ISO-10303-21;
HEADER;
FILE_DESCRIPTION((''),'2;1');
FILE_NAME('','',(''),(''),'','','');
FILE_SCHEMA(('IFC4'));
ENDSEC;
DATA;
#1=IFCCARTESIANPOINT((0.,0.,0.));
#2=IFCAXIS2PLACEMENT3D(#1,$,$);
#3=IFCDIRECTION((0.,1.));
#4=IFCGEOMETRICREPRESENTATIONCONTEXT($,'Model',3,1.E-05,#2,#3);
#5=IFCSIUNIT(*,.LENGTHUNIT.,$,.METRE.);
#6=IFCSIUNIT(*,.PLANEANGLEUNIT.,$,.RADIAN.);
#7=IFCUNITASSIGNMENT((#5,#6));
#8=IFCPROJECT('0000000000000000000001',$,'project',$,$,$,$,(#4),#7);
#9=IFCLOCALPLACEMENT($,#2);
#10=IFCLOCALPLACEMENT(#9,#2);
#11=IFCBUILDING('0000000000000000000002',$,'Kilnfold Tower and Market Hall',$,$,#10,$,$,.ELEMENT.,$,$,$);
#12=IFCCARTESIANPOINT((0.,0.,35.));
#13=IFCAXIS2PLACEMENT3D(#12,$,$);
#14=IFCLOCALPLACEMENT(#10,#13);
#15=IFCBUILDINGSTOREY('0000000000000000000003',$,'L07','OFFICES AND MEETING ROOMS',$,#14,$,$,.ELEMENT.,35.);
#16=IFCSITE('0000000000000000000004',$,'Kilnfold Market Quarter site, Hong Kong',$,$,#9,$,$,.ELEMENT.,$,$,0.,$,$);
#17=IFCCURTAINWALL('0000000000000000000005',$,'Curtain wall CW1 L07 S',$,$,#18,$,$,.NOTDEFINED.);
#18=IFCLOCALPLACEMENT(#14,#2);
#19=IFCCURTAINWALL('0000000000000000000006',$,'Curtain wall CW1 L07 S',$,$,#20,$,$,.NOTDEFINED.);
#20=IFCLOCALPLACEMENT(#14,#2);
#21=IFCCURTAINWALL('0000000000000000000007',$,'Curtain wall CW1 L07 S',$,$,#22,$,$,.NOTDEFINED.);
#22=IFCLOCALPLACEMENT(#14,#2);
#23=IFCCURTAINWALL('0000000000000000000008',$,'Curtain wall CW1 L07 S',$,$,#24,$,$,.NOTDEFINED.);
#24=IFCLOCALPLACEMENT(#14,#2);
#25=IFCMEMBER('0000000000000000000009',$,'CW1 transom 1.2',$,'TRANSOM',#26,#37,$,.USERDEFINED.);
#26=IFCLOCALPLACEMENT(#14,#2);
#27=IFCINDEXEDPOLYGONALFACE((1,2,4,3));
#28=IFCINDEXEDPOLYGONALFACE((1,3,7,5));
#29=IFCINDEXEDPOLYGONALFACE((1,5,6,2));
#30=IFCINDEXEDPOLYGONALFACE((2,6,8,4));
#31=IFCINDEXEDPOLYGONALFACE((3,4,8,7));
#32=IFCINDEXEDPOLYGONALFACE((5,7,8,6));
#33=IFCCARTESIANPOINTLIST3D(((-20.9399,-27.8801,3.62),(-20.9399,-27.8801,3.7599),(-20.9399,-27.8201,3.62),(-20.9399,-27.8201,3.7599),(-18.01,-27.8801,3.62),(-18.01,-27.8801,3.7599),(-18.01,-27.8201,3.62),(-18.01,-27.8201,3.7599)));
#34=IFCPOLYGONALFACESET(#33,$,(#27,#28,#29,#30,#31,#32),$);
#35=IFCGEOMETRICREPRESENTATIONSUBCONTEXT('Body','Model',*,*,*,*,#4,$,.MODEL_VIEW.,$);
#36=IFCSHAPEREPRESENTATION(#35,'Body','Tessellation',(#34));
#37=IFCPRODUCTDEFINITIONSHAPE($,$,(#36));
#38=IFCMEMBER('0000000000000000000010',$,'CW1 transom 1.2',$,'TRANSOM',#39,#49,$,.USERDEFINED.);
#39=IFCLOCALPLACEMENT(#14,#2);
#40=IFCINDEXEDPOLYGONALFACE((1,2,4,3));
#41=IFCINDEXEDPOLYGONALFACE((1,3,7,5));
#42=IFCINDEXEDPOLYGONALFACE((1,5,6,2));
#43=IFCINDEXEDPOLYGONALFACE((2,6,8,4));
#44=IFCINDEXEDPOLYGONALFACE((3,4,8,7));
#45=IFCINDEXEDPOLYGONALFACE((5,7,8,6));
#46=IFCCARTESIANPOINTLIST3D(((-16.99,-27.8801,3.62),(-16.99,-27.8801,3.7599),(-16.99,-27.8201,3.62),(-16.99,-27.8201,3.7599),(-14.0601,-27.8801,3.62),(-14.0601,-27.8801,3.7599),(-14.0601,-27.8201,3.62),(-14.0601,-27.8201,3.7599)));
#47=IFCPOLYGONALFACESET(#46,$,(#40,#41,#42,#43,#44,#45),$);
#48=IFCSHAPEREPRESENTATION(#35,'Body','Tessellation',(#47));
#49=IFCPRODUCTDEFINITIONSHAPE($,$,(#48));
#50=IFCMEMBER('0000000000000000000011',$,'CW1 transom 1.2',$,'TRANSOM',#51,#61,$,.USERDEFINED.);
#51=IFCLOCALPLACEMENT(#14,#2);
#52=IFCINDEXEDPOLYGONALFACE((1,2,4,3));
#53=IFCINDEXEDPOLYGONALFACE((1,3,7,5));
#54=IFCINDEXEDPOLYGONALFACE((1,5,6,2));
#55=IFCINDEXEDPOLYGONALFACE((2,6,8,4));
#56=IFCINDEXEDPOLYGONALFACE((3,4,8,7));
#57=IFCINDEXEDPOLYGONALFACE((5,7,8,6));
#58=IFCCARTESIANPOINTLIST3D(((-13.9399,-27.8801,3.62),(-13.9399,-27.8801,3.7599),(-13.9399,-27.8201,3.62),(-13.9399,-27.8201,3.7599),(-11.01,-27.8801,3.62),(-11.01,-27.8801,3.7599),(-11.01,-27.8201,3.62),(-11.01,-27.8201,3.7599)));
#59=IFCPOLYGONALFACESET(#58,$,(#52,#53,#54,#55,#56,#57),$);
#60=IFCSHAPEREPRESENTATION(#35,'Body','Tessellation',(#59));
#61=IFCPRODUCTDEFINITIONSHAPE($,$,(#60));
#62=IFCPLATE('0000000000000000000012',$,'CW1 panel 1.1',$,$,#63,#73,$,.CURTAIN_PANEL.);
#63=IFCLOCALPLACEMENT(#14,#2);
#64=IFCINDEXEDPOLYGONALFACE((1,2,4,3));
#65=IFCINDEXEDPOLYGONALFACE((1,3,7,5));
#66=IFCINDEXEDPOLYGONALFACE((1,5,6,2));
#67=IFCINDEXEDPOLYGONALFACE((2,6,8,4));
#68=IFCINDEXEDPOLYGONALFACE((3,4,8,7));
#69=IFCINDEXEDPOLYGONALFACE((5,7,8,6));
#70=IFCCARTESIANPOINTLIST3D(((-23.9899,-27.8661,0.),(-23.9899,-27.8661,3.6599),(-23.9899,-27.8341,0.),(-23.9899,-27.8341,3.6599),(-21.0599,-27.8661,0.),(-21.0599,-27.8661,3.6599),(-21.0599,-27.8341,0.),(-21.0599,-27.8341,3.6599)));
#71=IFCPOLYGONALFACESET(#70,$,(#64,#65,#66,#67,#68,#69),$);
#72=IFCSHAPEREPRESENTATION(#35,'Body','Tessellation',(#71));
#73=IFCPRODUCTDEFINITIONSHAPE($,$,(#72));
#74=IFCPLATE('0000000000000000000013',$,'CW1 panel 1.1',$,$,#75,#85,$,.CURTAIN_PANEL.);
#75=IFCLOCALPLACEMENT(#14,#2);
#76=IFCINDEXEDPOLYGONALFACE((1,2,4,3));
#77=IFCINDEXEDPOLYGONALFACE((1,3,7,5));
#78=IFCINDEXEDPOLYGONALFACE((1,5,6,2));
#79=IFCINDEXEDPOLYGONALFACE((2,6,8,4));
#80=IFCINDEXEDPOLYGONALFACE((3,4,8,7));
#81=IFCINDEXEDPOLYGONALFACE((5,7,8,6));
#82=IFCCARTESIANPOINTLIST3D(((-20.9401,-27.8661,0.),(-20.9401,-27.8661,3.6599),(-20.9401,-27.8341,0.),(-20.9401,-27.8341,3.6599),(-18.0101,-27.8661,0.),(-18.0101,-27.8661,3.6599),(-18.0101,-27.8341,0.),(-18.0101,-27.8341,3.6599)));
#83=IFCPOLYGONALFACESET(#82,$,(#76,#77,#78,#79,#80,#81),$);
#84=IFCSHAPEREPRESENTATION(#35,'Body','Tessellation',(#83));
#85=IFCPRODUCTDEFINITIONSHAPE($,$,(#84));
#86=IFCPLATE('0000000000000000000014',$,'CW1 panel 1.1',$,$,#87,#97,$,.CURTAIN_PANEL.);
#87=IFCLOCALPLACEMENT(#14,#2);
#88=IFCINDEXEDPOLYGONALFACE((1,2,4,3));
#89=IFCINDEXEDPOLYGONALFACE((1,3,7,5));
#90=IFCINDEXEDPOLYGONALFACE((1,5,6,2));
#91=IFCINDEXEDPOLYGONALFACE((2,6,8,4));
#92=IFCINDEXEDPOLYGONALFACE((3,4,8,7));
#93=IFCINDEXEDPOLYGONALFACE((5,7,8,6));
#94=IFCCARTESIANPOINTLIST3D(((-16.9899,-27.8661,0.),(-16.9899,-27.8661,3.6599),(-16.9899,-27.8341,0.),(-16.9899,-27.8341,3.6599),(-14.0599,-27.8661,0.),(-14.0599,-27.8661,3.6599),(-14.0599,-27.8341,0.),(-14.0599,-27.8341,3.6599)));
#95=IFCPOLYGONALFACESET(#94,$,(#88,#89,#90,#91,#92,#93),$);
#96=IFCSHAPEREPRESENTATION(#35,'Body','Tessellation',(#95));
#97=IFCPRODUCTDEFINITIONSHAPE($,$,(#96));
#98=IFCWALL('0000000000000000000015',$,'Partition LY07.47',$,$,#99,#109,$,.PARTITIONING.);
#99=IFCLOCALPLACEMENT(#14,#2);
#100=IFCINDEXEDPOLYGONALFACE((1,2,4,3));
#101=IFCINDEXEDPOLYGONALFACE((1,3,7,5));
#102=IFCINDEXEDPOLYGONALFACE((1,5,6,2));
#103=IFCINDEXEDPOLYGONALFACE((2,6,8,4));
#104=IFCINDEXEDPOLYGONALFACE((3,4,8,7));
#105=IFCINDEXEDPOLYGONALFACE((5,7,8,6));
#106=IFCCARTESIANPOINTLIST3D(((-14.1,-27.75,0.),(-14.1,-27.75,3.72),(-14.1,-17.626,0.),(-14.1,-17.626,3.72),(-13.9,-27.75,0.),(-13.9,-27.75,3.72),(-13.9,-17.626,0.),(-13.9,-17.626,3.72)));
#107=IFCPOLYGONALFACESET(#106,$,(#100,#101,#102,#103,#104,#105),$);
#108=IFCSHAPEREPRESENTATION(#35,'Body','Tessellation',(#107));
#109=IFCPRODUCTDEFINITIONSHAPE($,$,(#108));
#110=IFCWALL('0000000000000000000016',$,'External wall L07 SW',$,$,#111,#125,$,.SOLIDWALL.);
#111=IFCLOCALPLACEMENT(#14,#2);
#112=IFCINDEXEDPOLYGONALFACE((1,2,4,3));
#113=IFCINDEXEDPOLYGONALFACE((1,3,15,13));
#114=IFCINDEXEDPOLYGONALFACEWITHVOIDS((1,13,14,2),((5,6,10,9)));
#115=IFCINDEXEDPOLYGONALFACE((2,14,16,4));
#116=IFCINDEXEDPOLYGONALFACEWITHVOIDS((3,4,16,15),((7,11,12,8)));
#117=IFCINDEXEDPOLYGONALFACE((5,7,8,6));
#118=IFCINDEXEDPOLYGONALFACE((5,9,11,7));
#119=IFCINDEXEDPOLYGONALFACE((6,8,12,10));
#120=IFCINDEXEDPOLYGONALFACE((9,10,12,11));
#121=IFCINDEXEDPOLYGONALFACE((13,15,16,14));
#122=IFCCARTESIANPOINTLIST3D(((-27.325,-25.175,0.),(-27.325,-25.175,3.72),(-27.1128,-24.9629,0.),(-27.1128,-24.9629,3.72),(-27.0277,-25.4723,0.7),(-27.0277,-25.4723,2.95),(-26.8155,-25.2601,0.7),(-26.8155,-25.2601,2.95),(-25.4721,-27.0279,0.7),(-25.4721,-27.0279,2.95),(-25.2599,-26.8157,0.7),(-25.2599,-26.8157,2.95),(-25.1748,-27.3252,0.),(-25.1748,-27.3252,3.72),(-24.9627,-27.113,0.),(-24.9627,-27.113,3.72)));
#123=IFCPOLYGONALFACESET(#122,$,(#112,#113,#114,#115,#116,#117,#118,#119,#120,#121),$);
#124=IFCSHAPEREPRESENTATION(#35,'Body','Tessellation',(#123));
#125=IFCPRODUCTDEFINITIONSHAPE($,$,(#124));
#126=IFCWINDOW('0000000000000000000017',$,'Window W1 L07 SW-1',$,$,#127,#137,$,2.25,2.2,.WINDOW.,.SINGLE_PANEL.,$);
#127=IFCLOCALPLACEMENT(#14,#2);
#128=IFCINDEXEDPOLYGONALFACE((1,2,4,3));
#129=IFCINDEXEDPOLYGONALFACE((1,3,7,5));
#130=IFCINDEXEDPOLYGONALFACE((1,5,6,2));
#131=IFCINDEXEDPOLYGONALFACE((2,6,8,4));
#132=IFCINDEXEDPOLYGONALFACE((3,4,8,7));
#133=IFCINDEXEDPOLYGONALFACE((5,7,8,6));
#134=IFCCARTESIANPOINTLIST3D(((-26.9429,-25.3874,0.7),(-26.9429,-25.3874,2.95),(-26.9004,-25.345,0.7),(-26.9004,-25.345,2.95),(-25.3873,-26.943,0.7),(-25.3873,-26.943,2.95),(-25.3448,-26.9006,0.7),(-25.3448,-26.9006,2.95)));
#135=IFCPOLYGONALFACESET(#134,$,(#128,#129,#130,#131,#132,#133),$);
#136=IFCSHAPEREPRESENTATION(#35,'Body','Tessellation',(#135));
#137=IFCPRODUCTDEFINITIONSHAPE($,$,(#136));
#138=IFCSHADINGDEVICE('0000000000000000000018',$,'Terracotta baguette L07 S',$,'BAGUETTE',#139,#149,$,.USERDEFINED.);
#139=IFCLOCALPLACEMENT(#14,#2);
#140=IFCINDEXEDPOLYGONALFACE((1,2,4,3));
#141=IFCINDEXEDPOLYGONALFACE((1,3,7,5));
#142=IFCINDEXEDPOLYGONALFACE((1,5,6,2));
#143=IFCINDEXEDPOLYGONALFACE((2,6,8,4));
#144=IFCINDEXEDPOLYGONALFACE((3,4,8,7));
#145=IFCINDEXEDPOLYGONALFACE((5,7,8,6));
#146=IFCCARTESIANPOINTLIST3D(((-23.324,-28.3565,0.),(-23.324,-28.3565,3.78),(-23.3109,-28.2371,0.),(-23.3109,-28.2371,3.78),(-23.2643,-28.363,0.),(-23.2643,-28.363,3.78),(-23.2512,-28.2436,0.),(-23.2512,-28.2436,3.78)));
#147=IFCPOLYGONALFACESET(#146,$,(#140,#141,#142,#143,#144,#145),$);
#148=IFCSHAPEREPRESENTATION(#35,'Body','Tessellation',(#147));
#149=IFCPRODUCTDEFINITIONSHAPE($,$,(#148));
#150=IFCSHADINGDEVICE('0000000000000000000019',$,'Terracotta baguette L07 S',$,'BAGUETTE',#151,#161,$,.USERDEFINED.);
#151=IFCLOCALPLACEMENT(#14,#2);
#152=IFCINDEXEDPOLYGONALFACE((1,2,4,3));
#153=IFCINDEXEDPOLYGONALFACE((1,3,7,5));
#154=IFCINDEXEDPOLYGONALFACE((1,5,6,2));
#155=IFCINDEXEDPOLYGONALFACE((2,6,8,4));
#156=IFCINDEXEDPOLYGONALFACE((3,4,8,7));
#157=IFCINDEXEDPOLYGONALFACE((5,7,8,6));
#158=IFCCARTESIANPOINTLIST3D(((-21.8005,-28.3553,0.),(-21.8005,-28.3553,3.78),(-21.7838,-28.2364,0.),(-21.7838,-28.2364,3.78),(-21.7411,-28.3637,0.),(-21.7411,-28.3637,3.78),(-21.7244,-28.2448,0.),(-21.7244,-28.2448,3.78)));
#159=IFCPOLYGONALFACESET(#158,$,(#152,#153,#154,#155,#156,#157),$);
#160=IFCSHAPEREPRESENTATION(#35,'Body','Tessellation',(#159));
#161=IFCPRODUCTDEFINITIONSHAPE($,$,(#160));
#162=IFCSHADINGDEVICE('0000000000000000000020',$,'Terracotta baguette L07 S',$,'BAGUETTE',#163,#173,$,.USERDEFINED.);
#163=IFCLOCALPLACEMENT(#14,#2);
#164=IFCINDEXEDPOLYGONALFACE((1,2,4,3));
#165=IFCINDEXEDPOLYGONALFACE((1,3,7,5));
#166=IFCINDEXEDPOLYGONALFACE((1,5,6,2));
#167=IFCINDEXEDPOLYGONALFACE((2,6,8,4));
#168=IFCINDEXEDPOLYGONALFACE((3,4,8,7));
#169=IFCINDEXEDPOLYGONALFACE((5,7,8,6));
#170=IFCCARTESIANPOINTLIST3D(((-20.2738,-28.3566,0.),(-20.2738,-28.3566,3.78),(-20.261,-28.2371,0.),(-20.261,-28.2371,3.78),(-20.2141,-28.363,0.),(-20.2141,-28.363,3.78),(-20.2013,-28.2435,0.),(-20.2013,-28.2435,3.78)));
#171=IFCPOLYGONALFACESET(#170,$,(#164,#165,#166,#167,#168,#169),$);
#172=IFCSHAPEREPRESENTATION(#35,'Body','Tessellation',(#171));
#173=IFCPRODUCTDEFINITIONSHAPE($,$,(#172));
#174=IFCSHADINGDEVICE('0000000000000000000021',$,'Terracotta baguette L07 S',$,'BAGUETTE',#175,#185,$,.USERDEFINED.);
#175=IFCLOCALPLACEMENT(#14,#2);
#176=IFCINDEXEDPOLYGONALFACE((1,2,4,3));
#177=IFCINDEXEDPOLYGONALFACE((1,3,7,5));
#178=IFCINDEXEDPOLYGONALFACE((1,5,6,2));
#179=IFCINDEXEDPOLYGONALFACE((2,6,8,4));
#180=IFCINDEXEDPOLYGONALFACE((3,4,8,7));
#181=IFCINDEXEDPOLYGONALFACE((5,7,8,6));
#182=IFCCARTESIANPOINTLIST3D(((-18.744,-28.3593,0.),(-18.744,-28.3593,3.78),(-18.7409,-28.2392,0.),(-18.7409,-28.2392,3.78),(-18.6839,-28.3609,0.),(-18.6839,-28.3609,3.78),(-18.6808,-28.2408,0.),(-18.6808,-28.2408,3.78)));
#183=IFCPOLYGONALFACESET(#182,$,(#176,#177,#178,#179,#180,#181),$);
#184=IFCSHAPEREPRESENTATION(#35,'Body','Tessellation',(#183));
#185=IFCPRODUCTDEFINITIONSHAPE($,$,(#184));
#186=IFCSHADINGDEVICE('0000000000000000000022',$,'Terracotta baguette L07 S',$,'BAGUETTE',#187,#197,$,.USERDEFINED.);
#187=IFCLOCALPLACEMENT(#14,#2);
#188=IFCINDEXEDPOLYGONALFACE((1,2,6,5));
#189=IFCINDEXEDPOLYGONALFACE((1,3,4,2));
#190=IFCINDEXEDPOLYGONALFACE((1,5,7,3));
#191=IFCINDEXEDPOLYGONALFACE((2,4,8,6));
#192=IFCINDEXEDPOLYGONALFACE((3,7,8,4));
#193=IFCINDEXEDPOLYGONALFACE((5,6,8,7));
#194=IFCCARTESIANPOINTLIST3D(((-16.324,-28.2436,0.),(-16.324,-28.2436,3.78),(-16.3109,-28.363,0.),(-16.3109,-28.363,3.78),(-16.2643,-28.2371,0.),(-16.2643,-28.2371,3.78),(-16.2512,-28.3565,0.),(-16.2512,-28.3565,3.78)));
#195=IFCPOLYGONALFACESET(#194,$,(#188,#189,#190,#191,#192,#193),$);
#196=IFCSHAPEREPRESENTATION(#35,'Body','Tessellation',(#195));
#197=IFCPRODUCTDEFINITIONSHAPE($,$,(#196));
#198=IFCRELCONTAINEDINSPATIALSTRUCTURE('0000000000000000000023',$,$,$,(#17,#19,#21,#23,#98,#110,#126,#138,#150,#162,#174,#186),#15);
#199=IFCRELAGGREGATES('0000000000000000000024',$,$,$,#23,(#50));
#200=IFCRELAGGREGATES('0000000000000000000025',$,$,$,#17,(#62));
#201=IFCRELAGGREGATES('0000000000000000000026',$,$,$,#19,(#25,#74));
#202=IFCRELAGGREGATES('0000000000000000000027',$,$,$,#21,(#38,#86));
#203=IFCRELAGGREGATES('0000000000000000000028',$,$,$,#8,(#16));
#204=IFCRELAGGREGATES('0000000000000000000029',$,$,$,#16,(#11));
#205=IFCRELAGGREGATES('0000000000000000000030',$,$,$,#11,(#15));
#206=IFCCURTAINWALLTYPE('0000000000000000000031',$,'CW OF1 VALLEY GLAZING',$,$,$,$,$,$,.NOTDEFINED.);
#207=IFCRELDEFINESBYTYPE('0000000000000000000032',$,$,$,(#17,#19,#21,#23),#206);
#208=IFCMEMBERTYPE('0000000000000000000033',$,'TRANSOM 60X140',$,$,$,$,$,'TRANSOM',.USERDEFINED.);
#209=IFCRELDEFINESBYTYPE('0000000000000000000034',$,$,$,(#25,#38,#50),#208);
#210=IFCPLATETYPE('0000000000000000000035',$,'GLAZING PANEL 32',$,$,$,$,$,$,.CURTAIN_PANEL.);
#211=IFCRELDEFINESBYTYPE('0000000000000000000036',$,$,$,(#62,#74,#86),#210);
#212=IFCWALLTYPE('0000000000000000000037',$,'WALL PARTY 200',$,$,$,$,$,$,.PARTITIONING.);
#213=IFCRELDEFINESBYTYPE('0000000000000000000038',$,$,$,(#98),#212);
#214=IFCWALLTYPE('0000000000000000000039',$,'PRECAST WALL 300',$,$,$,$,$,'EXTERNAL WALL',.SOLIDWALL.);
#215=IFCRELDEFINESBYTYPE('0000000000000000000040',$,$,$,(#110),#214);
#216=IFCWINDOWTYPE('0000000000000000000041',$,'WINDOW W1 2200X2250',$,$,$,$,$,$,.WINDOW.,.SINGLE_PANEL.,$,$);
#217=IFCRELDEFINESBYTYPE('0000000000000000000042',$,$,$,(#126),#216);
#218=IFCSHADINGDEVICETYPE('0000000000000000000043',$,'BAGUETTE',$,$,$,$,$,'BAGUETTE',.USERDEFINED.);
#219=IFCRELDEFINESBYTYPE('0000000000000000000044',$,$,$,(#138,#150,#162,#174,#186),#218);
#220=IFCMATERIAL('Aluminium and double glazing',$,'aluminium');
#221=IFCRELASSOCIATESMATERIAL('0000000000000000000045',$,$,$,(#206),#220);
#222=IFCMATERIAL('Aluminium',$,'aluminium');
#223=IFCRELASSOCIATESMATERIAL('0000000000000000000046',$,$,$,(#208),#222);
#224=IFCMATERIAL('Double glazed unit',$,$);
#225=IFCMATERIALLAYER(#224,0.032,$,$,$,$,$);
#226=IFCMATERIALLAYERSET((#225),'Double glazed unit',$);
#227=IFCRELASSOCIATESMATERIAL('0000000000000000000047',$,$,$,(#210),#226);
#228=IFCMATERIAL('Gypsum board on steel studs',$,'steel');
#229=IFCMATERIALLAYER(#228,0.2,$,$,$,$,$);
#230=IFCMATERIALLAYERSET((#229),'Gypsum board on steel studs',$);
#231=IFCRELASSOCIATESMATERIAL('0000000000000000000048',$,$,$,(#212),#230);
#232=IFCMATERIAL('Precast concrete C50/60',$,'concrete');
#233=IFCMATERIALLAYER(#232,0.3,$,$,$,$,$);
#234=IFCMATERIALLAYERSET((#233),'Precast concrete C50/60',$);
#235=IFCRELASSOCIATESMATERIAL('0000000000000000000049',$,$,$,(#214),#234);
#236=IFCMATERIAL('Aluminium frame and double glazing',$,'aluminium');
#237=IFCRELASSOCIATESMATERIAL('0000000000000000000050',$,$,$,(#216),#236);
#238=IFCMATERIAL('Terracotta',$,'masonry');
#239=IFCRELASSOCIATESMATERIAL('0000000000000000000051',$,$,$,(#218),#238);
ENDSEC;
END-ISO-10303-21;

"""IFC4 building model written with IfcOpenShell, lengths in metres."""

from ifc_helpers import new_model, si_unit, direction, frame, frame_2d, origin, origin_2d, place, context, subcontext, project, spatial, rectangle, extrude, source, transform, mapped, material, layer, layer_set, material_profile, profile_set, type_object, element, fill, aggregate, save


model = new_model("IFC4")

# Units and contexts
model_context = context("Model", 3, precision=1e-05, world=origin(), true_north=direction((0.0, 1.0)))
body_context = subcontext(model_context, "Body", "Model", "MODEL_VIEW")
ifc_project = project(units=[si_unit("LENGTHUNIT", "METRE"), si_unit("PLANEANGLEUNIT", "RADIAN")], contexts=[model_context])

# Site, building, storey
site_placement = place(None, origin())
site = spatial("IfcSite", under=ifc_project, at=site_placement, Name="Kilnfold Market Quarter site, Hong Kong", CompositionType="ELEMENT", RefElevation=0.0)
building_placement = place(site_placement, origin())
building = spatial("IfcBuilding", under=site, at=building_placement, Name="Kilnfold Tower and Market Hall", CompositionType="ELEMENT")
storey_placement = place(building_placement, frame((0.0, 0.0, 35.0)))
storey = spatial("IfcBuildingStorey", under=building, at=storey_placement, Name="L07", Description="OFFICES AND MEETING ROOMS", CompositionType="ELEMENT", Elevation=35.0)

# Curtain walls
ifc_material_1 = material(Name="Aluminium and double glazing", Category="aluminium")
curtain_wall_type = type_object("IfcCurtainWallType", Name="CW OF1 VALLEY GLAZING", PredefinedType="NOTDEFINED", material=ifc_material_1)
curtain_wall_1_placement = place(storey_placement, origin())
curtain_wall_1 = element("IfcCurtainWall", 1, at=curtain_wall_1_placement, inside=storey, type_object=curtain_wall_type, Name="Curtain wall CW1 L07 S", PredefinedType="NOTDEFINED")
curtain_wall_2_placement = place(storey_placement, origin())
curtain_wall_2 = element("IfcCurtainWall", 2, at=curtain_wall_2_placement, inside=storey, type_object=curtain_wall_type, Name="Curtain wall CW1 L07 S", PredefinedType="NOTDEFINED")
curtain_wall_3_placement = place(storey_placement, origin())
curtain_wall_3 = element("IfcCurtainWall", 3, at=curtain_wall_3_placement, inside=storey, type_object=curtain_wall_type, Name="Curtain wall CW1 L07 S", PredefinedType="NOTDEFINED")

# Curtain wall
curtain_wall_4_placement = place(storey_placement, origin())
curtain_wall_4 = element("IfcCurtainWall", 4, at=curtain_wall_4_placement, inside=storey, type_object=curtain_wall_type, Name="Curtain wall CW1 L07 S", PredefinedType="NOTDEFINED")

# Members
ifc_material_2 = material(Name="Aluminium", Category="aluminium")
ifc_material_profile_1 = material_profile(ifc_material_2, rectangle(XDim=0.0601, YDim=0.1399, at=origin_2d()), Name="TRANSOM 60x140")
ifc_profile_set_1 = profile_set([ifc_material_profile_1], Name="Aluminium")
member_type_1 = type_object("IfcMemberType", Name="TRANSOM 60X140", ElementType="TRANSOM", PredefinedType="USERDEFINED", material=ifc_profile_set_1)
shared_shape_1 = source(origin(), body_context, "Body", "SweptSolid", [
    extrude(rectangle(XDim=0.0601, YDim=0.1399, at=origin_2d()), origin(), (0.0, 0.0, 1.0), 2.9299),
])
member_1_placement = place(storey_placement, frame((-20.9399, -27.8501, 3.6899), z_axis=(1.0, 0.0, 0.0), x_axis=(0.0, 1.0, 0.0)))
member_1 = element("IfcMember", 5, at=member_1_placement, type_object=member_type_1, Name="CW1 transom 1.2", ObjectType="TRANSOM", PredefinedType="USERDEFINED", context=body_context, shape_type="MappedRepresentation", body=[
    mapped(shared_shape_1, transform((0.0, 0.0, 0.0))),
])
member_2_placement = place(storey_placement, frame((-16.99, -27.8501, 3.6899), z_axis=(1.0, 0.0, 0.0), x_axis=(0.0, 1.0, 0.0)))
member_2 = element("IfcMember", 6, at=member_2_placement, type_object=member_type_1, Name="CW1 transom 1.2", ObjectType="TRANSOM", PredefinedType="USERDEFINED", context=body_context, shape_type="MappedRepresentation", body=[
    mapped(shared_shape_1, transform((0.0, 0.0, 0.0))),
])
member_3_placement = place(storey_placement, frame((-13.9399, -27.8501, 3.6899), z_axis=(1.0, 0.0, 0.0), x_axis=(0.0, 1.0, 0.0)))
member_3 = element("IfcMember", 7, at=member_3_placement, type_object=member_type_1, Name="CW1 transom 1.2", ObjectType="TRANSOM", PredefinedType="USERDEFINED", context=body_context, shape_type="MappedRepresentation", body=[
    mapped(shared_shape_1, transform((0.0, 0.0, 0.0))),
])
aggregate(curtain_wall_4, [member_3])

# Plates
ifc_material_3 = material(Name="Double glazed unit")
ifc_layer_1 = layer(ifc_material_3, 0.032)
ifc_layer_set_1 = layer_set([ifc_layer_1], Name="Double glazed unit")
plate_type = type_object("IfcPlateType", Name="GLAZING PANEL 32", PredefinedType="CURTAIN_PANEL", material=ifc_layer_set_1)
shared_shape_2 = source(origin(), body_context, "Body", "SweptSolid", [
    extrude(rectangle(XDim=2.9299, YDim=0.032, at=origin_2d()), origin(), (0.0, 0.0, 1.0), 3.6599),
])
plate_1_placement = place(storey_placement, frame((-22.5249, -27.8501, 0.0), z_axis=(0.0, 0.0, 1.0), x_axis=(1.0, 0.0, 0.0)))
plate_1 = element("IfcPlate", 8, at=plate_1_placement, type_object=plate_type, Name="CW1 panel 1.1", PredefinedType="CURTAIN_PANEL", context=body_context, shape_type="MappedRepresentation", body=[
    mapped(shared_shape_2, transform((0.0, 0.0, 0.0))),
])
aggregate(curtain_wall_1, [plate_1])
plate_2_placement = place(storey_placement, frame((-19.4751, -27.8501, 0.0), z_axis=(0.0, 0.0, 1.0), x_axis=(1.0, 0.0, 0.0)))
plate_2 = element("IfcPlate", 9, at=plate_2_placement, type_object=plate_type, Name="CW1 panel 1.1", PredefinedType="CURTAIN_PANEL", context=body_context, shape_type="MappedRepresentation", body=[
    mapped(shared_shape_2, transform((0.0, 0.0, 0.0))),
])
aggregate(curtain_wall_2, [member_1, plate_2])
plate_3_placement = place(storey_placement, frame((-15.5249, -27.8501, 0.0), z_axis=(0.0, 0.0, 1.0), x_axis=(1.0, 0.0, 0.0)))
plate_3 = element("IfcPlate", 10, at=plate_3_placement, type_object=plate_type, Name="CW1 panel 1.1", PredefinedType="CURTAIN_PANEL", context=body_context, shape_type="MappedRepresentation", body=[
    mapped(shared_shape_2, transform((0.0, 0.0, 0.0))),
])
aggregate(curtain_wall_3, [member_2, plate_3])

# Wall
ifc_material_4 = material(Name="Gypsum board on steel studs", Category="steel")
ifc_layer_2 = layer(ifc_material_4, 0.2)
ifc_layer_set_2 = layer_set([ifc_layer_2], Name="Gypsum board on steel studs")
wall_type_1 = type_object("IfcWallType", Name="WALL PARTY 200", PredefinedType="PARTITIONING", material=ifc_layer_set_2)
wall_1_placement = place(storey_placement, frame((-14.0, -27.75, 0.0), z_axis=(0.0, 0.0, 1.0), x_axis=(0.0, 1.0, 0.0)))
element("IfcWall", 11, at=wall_1_placement, inside=storey, type_object=wall_type_1, Name="Partition LY07.47", PredefinedType="PARTITIONING", context=body_context, shape_type="SweptSolid", body=[
    extrude(rectangle(XDim=10.124, YDim=0.2, at=frame_2d((5.062, 0.0))), origin(), (0.0, 0.0, 1.0), 3.72),
])

# Wall, opening, window
ifc_material_5 = material(Name="Precast concrete C50/60", Category="concrete")
ifc_layer_3 = layer(ifc_material_5, 0.3)
ifc_layer_set_3 = layer_set([ifc_layer_3], Name="Precast concrete C50/60")
wall_type_2 = type_object("IfcWallType", Name="PRECAST WALL 300", ElementType="EXTERNAL WALL", PredefinedType="SOLIDWALL", material=ifc_layer_set_3)
shared_shape_3 = source(origin(), body_context, "Body", "SweptSolid", [
    extrude(rectangle(XDim=3.0408, YDim=0.3, at=frame_2d((1.5205, 0.0))), origin(), (0.0, 0.0, 1.0), 3.72),
])
wall_2_placement = place(storey_placement, frame((-27.219, -25.0688, 0.0), z_axis=(0.0, 0.0, 1.0), x_axis=(0.707107, -0.707107, 0.0)))
wall_2 = element("IfcWall", 12, at=wall_2_placement, inside=storey, type_object=wall_type_2, Name="External wall L07 SW", PredefinedType="SOLIDWALL", context=body_context, shape_type="MappedRepresentation", body=[
    mapped(shared_shape_3, transform((0.0, 0.0, 0.0))),
])
opening_placement = place(wall_2_placement, frame((0.4204, 0.0, 0.7)))
opening = element("IfcOpeningElement", 13, at=opening_placement, cuts=wall_2, PredefinedType="OPENING", context=body_context, shape_type="SweptSolid", body=[
    extrude(rectangle(XDim=2.2, YDim=2.25, at=frame_2d((1.1001, 1.125))), frame((0.0, 0.1602, 0.0), z_axis=(0.0, -1.0, 0.0), x_axis=(1.0, 0.0, 0.0)), (0.0, 0.0, 1.0), 0.3201),
])
ifc_material_6 = material(Name="Aluminium frame and double glazing", Category="aluminium")
window_type = type_object("IfcWindowType", Name="WINDOW W1 2200X2250", PartitioningType="SINGLE_PANEL", PredefinedType="WINDOW", material=ifc_material_6)
window_placement = place(opening_placement, origin())
window = element("IfcWindow", 14, at=window_placement, inside=storey, type_object=window_type, Name="Window W1 L07 SW-1", OverallHeight=2.25, OverallWidth=2.2, PartitioningType="SINGLE_PANEL", PredefinedType="WINDOW", context=body_context, shape_type="SweptSolid", body=[
    extrude(rectangle(XDim=2.2, YDim=2.25, at=frame_2d((1.1001, 1.125))), frame((0.0, 0.03, 0.0), z_axis=(0.0, -1.0, 0.0), x_axis=(1.0, 0.0, 0.0)), (0.0, 0.0, 1.0), 0.0601),
])
fill(opening, window)

# Shading devices
ifc_material_7 = material(Name="Terracotta", Category="masonry")
ifc_material_profile_2 = material_profile(ifc_material_7, rectangle(XDim=0.0601, YDim=0.1201, at=origin_2d()), Name="BAG 60x120")
ifc_profile_set_2 = profile_set([ifc_material_profile_2], Name="Terracotta")
shading_device_type = type_object("IfcShadingDeviceType", Name="BAGUETTE", ElementType="BAGUETTE", PredefinedType="USERDEFINED", material=ifc_profile_set_2)
shared_shape_4 = source(origin(), body_context, "Body", "SweptSolid", [
    extrude(rectangle(XDim=0.0601, YDim=0.1201, at=origin_2d()), origin(), (0.0, 0.0, 1.0), 3.78),
])
for number, where, z_axis, x_axis, name in (
    (15, (-23.2876, -28.3, 0.0), (0.0, 0.0, 1.0), (0.994003, -0.109354, 0.0), "Terracotta baguette L07 S"),
    (16, (-21.7625, -28.3, 0.0), (0.0, 0.0, 1.0), (0.99027, -0.139156, 0.0), "Terracotta baguette L07 S"),
    (17, (-20.2375, -28.3, 0.0), (0.0, 0.0, 1.0), (0.994307, -0.106557, 0.0), "Terracotta baguette L07 S"),
    (18, (-18.7124, -28.3, 0.0), (0.0, 0.0, 1.0), (0.999667, -0.025821, 0.0), "Terracotta baguette L07 S"),
    (19, (-16.2876, -28.3, 0.0), (0.0, 0.0, 1.0), (0.994003, 0.109354, 0.0), "Terracotta baguette L07 S"),
):
    element("IfcShadingDevice", number, at=place(storey_placement, frame(where, z_axis=z_axis, x_axis=x_axis)), inside=storey, type_object=shading_device_type, Name=name, ObjectType="BAGUETTE", PredefinedType="USERDEFINED", context=body_context, shape_type="MappedRepresentation", body=[
        mapped(shared_shape_4, transform((0.0, 0.0, 0.0))),
    ])

save(model, "model.ifc")
